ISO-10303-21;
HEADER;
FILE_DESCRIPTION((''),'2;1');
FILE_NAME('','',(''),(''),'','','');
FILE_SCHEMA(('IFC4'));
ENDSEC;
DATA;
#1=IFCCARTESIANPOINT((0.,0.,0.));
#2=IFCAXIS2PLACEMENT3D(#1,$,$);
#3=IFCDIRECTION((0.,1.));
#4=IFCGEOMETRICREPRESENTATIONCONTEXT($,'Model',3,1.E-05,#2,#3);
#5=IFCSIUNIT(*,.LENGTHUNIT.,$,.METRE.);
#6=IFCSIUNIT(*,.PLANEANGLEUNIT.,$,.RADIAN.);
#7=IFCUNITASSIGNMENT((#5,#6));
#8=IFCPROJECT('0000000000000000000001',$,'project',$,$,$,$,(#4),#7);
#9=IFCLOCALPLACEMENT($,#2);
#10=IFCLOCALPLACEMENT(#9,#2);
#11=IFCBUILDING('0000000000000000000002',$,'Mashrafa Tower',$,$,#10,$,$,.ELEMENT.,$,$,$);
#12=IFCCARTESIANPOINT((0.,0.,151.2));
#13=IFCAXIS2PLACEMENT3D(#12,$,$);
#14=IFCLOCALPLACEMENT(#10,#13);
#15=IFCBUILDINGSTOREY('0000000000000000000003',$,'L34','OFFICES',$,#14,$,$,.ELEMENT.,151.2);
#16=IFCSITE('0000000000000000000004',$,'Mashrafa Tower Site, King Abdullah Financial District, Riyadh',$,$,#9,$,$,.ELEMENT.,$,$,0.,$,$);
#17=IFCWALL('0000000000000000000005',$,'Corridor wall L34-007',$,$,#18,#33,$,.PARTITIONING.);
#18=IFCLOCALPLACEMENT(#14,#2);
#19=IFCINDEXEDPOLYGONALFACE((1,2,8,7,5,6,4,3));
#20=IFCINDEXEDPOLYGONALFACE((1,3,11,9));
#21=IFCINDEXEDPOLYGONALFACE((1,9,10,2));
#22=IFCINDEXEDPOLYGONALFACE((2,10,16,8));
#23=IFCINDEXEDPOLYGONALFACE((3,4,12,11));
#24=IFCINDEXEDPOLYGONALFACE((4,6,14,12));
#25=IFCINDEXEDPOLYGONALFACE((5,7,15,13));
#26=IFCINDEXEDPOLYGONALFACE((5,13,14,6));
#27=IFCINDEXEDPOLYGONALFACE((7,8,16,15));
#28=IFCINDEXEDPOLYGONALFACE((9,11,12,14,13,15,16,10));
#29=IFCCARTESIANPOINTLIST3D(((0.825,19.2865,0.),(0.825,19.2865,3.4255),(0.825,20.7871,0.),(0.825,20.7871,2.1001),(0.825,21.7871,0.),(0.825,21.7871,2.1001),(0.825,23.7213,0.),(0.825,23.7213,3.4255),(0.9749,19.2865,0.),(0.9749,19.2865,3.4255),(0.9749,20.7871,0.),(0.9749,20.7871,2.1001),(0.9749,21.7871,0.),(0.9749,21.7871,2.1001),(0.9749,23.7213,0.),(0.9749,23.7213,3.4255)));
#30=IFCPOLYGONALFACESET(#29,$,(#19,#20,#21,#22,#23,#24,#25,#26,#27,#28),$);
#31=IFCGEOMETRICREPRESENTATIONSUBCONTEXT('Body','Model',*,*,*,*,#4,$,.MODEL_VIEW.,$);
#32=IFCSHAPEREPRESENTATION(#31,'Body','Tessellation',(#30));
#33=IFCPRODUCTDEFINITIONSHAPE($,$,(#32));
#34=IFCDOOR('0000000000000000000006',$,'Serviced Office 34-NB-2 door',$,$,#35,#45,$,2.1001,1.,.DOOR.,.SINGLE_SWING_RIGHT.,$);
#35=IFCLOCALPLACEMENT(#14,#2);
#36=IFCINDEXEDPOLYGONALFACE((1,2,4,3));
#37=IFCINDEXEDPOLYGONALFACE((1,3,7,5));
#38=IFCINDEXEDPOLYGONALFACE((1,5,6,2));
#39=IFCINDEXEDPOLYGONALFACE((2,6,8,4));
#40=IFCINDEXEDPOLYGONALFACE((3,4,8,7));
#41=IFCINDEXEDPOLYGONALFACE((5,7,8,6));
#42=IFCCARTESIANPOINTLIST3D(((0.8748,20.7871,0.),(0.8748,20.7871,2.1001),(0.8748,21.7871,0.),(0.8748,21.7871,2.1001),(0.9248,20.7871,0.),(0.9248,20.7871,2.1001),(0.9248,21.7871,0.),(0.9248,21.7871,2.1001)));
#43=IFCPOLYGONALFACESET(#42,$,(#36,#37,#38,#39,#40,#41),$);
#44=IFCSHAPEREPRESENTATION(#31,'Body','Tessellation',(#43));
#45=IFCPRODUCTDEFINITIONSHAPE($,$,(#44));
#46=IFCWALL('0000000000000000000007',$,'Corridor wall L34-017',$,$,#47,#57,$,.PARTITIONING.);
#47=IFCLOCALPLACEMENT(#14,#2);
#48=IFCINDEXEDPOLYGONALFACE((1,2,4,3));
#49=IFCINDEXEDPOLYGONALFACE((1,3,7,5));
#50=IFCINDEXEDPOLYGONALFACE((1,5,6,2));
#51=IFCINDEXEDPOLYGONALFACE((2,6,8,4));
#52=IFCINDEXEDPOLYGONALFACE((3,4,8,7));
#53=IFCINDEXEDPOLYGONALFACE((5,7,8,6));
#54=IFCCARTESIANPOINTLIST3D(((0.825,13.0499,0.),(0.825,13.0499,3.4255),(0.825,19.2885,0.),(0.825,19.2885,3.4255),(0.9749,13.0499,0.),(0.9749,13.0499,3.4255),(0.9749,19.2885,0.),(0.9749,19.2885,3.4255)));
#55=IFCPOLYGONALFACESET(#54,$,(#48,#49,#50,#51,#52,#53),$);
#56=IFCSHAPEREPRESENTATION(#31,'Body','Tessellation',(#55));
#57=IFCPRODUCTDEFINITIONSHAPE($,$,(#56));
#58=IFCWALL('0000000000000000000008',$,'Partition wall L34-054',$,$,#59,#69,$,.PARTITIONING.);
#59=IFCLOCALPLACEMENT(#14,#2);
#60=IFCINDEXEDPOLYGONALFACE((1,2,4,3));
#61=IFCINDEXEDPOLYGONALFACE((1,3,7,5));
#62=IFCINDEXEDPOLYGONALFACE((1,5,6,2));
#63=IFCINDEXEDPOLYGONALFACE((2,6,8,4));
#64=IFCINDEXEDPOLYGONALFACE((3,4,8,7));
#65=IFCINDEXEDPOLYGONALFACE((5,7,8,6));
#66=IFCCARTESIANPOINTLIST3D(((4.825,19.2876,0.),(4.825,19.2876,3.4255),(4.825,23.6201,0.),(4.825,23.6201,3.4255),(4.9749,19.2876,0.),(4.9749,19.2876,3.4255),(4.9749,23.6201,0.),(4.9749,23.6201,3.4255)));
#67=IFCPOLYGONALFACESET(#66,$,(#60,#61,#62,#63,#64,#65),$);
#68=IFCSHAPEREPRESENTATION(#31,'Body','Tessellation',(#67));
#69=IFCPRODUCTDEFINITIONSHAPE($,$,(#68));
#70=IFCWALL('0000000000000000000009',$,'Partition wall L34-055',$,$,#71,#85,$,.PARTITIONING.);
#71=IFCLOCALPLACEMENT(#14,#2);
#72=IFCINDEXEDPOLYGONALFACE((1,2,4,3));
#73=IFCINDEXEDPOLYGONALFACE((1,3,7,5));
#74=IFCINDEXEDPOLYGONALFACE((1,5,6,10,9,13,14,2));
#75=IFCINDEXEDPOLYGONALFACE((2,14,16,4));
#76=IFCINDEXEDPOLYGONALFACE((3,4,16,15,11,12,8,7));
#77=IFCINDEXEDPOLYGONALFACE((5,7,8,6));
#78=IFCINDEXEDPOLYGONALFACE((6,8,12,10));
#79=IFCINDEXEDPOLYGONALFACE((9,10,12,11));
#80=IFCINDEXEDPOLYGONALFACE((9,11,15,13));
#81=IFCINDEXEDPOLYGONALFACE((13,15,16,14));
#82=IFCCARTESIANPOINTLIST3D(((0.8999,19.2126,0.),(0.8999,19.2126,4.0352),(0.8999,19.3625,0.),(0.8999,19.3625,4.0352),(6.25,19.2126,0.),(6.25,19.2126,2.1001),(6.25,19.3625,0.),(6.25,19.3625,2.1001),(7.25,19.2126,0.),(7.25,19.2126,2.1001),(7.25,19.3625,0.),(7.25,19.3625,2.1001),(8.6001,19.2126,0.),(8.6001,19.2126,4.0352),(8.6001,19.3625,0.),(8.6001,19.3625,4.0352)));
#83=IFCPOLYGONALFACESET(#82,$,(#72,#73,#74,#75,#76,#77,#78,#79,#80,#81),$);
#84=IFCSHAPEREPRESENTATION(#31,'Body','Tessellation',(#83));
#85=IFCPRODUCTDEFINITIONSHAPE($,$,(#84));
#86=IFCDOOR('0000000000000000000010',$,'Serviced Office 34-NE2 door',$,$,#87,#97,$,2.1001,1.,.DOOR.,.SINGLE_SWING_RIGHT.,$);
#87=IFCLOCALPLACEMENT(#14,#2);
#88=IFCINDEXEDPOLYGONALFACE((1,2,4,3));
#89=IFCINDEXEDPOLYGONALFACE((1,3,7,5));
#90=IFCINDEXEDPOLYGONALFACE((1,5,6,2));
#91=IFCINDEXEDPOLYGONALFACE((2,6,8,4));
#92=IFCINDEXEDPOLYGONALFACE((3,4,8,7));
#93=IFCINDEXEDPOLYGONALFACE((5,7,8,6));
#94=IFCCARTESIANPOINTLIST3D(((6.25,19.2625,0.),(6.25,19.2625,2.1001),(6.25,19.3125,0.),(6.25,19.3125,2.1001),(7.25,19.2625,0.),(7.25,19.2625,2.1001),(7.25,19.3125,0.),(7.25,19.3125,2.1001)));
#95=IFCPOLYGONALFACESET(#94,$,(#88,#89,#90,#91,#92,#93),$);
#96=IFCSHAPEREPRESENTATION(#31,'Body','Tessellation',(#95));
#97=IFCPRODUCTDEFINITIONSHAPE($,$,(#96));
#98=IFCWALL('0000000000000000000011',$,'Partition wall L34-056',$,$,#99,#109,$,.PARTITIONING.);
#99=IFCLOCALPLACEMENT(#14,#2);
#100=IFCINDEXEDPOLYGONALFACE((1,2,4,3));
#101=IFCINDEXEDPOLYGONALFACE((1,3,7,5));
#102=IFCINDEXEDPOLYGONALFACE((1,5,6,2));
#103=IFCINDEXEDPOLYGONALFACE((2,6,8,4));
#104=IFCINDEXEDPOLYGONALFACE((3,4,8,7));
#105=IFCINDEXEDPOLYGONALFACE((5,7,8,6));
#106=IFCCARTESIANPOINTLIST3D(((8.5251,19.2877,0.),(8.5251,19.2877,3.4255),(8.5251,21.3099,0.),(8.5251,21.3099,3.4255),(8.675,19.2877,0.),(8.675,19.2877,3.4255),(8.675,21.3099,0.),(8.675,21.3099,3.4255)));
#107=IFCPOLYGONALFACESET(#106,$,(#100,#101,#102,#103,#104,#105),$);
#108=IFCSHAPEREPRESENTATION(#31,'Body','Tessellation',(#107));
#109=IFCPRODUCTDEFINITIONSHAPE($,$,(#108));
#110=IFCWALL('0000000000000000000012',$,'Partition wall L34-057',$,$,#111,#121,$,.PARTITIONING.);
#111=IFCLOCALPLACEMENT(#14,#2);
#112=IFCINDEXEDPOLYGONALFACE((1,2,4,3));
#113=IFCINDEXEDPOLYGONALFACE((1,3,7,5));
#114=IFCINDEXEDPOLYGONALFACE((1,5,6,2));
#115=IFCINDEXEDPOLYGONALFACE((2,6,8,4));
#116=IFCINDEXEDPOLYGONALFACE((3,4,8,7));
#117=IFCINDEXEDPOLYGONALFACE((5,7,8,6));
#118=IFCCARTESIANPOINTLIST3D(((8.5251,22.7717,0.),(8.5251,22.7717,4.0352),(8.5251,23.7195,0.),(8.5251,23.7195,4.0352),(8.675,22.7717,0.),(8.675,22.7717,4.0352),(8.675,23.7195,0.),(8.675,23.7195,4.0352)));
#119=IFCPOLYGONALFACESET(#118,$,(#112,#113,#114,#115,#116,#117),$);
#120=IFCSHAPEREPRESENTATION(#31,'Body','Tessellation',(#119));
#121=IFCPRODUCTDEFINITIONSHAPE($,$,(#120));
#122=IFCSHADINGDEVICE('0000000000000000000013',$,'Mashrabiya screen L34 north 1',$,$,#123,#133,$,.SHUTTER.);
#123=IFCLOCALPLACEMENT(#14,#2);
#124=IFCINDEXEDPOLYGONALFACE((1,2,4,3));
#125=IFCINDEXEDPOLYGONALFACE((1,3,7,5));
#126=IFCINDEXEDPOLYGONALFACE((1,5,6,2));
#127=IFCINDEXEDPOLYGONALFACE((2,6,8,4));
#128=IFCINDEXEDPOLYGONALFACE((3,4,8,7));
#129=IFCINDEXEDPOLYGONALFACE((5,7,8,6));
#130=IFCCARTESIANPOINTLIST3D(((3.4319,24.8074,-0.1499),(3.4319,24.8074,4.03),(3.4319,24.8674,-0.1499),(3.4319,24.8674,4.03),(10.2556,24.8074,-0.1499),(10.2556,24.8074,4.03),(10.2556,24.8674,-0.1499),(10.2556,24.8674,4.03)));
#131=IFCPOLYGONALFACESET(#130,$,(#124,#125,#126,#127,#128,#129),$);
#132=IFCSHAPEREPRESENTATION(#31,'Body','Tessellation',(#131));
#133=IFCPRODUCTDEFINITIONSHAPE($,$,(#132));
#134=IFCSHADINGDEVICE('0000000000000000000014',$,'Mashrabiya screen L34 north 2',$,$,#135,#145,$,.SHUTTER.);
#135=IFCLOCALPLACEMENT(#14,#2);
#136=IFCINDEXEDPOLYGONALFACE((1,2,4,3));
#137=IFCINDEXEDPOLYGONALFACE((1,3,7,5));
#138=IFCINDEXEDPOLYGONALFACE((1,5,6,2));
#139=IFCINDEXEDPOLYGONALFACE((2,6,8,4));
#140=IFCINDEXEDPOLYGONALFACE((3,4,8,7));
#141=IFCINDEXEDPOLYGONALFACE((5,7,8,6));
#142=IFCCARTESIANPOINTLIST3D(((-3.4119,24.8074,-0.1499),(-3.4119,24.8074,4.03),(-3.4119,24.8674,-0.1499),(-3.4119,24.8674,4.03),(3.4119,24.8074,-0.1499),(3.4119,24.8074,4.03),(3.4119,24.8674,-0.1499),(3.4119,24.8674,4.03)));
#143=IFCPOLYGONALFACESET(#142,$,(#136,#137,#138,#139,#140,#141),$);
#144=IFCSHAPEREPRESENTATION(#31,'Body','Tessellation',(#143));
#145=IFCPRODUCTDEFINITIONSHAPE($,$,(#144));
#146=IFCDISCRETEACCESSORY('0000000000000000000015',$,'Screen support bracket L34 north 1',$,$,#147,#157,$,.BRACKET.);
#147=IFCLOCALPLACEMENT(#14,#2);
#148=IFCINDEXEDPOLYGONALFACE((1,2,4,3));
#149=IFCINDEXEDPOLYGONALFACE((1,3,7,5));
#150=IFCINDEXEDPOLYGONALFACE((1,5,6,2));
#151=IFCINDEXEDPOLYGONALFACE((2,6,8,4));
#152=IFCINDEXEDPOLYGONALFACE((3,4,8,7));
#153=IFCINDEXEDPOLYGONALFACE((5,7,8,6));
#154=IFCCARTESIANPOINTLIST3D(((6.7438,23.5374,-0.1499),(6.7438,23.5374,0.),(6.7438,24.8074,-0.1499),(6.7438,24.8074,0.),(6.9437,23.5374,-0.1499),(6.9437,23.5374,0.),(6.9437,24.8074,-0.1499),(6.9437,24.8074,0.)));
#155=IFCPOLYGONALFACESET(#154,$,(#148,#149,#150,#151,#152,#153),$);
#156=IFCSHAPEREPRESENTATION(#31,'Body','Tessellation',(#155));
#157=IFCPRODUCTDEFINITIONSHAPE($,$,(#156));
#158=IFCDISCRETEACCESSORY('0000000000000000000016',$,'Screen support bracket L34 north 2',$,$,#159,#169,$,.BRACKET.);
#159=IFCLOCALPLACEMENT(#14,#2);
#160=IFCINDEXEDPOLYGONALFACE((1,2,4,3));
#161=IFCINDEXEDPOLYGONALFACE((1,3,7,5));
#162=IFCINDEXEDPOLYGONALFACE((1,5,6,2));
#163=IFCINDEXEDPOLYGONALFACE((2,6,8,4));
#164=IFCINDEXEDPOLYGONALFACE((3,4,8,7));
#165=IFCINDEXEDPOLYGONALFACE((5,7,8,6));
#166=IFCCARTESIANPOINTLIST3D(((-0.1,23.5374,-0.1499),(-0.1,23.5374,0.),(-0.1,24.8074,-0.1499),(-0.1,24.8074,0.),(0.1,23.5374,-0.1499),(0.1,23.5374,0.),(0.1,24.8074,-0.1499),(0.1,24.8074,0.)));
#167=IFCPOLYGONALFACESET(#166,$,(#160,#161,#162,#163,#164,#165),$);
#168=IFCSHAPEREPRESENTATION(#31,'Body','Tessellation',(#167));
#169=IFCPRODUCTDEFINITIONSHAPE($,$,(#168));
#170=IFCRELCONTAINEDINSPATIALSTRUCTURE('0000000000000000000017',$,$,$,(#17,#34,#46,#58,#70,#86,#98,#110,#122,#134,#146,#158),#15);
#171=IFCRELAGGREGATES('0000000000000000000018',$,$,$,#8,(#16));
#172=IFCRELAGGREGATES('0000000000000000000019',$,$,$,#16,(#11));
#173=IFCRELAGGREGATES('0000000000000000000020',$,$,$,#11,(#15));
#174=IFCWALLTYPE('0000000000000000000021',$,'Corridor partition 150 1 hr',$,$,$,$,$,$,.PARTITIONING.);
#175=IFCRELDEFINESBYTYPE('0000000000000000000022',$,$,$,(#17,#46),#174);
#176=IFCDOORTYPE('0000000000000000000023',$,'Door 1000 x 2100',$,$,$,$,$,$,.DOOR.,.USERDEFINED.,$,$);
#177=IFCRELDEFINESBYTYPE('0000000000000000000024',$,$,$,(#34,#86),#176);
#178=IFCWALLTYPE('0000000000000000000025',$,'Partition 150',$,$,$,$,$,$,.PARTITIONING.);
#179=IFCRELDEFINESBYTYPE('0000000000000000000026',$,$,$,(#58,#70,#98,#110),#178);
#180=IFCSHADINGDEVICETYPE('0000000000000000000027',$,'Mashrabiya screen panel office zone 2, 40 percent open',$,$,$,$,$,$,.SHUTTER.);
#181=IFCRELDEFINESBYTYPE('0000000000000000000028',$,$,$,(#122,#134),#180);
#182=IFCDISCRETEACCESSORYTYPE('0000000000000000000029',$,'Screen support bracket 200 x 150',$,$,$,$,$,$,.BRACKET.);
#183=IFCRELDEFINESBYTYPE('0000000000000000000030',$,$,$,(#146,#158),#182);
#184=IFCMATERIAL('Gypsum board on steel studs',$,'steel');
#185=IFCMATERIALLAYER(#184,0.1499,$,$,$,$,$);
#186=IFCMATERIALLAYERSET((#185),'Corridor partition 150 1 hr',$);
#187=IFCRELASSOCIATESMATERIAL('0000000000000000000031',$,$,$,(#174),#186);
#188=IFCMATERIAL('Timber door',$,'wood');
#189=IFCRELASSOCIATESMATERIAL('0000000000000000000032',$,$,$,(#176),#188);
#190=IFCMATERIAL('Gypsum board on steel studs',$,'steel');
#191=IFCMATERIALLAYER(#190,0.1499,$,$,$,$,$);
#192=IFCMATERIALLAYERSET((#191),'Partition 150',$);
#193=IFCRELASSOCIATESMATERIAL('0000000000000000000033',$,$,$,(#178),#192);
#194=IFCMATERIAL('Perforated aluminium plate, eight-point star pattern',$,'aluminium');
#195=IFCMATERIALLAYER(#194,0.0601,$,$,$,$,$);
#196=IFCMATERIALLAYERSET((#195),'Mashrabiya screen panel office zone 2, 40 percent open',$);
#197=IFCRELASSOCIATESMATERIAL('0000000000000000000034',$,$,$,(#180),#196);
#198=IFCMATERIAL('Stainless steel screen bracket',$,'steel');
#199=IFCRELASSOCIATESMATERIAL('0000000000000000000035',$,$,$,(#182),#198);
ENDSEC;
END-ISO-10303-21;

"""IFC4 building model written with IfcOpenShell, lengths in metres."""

from ifc_helpers import new_model, si_unit, direction, frame, frame_2d, origin, origin_2d, place, context, subcontext, project, spatial, rectangle, extrude, source, transform, mapped, material, layer, layer_set, type_object, type_shapes, element, fill, save


model = new_model("IFC4")

# Units and contexts
model_context = context("Model", 3, precision=1e-05, world=origin(), true_north=direction((0.0, 1.0)))
body_context = subcontext(model_context, "Body", "Model", "MODEL_VIEW")
ifc_project = project(units=[si_unit("LENGTHUNIT", "METRE"), si_unit("PLANEANGLEUNIT", "RADIAN")], contexts=[model_context])

# Site, building, storey
site_placement = place(None, origin())
site = spatial("IfcSite", under=ifc_project, at=site_placement, Name="Mashrafa Tower Site, King Abdullah Financial District, Riyadh", CompositionType="ELEMENT", RefElevation=0.0)
building_placement = place(site_placement, origin())
building = spatial("IfcBuilding", under=site, at=building_placement, Name="Mashrafa Tower", CompositionType="ELEMENT")
storey_placement = place(building_placement, frame((0.0, 0.0, 151.2)))
storey = spatial("IfcBuildingStorey", under=building, at=storey_placement, Name="L34", Description="OFFICES", CompositionType="ELEMENT", Elevation=151.2)

# Wall, opening, door
ifc_material_1 = material(Name="Gypsum board on steel studs", Category="steel")
ifc_layer_1 = layer(ifc_material_1, 0.1499)
ifc_layer_set_1 = layer_set([ifc_layer_1], Name="Corridor partition 150 1 hr")
wall_type_1 = type_object("IfcWallType", Name="Corridor partition 150 1 hr", PredefinedType="PARTITIONING", material=ifc_layer_set_1)
wall_1_placement = place(storey_placement, frame((0.8999, 19.2866, 0.0), z_axis=(0.0, 0.0, 1.0), x_axis=(0.0, 1.0, 0.0)))
wall_1 = element("IfcWall", 1, at=wall_1_placement, inside=storey, type_object=wall_type_1, Name="Corridor wall L34-007", PredefinedType="PARTITIONING", context=body_context, shape_type="SweptSolid", body=[
    extrude(rectangle(XDim=4.4348, YDim=0.1499, at=frame_2d((2.2173, 0.0))), origin(), (0.0, 0.0, 1.0), 3.4255),
])
opening_1_placement = place(wall_1_placement, frame((1.5005, 0.0, 0.0)))
opening_1 = element("IfcOpeningElement", 2, at=opening_1_placement, cuts=wall_1, PredefinedType="OPENING", context=body_context, shape_type="SweptSolid", body=[
    extrude(rectangle(XDim=1.0, YDim=2.1001, at=frame_2d((0.5, 1.05))), frame((0.0, 0.085, 0.0), z_axis=(0.0, -1.0, 0.0), x_axis=(1.0, 0.0, 0.0)), (0.0, 0.0, 1.0), 0.1699),
])
ifc_material_2 = material(Name="Timber door", Category="wood")
door_type = type_object("IfcDoorType", Name="Door 1000 x 2100", OperationType="USERDEFINED", PredefinedType="DOOR", material=ifc_material_2)
door_1_placement = place(opening_1_placement, frame((1.0, 0.0, 0.0), z_axis=(0.0, 0.0, 1.0), x_axis=(-1.0, 0.0, 0.0)))
door_1 = element("IfcDoor", 3, at=door_1_placement, inside=storey, type_object=door_type, Name="Serviced Office 34-NB-2 door", OperationType="SINGLE_SWING_RIGHT", OverallHeight=2.1001, OverallWidth=1.0, PredefinedType="DOOR", context=body_context, shape_type="SweptSolid", body=[
    extrude(rectangle(XDim=1.0, YDim=2.1001, at=frame_2d((0.5, 1.05))), frame((0.0, 0.0249, 0.0), z_axis=(0.0, -1.0, 0.0), x_axis=(1.0, 0.0, 0.0)), (0.0, 0.0, 1.0), 0.05),
])
fill(opening_1, door_1)

# Walls
wall_2_placement = place(storey_placement, frame((0.8999, 13.05, 0.0), z_axis=(0.0, 0.0, 1.0), x_axis=(0.0, 1.0, 0.0)))
element("IfcWall", 4, at=wall_2_placement, inside=storey, type_object=wall_type_1, Name="Corridor wall L34-017", PredefinedType="PARTITIONING", context=body_context, shape_type="SweptSolid", body=[
    extrude(rectangle(XDim=6.2385, YDim=0.1499, at=frame_2d((3.1191, 0.0))), origin(), (0.0, 0.0, 1.0), 3.4255),
])
ifc_material_3 = material(Name="Gypsum board on steel studs", Category="steel")
ifc_layer_2 = layer(ifc_material_3, 0.1499)
ifc_layer_set_2 = layer_set([ifc_layer_2], Name="Partition 150")
wall_type_2 = type_object("IfcWallType", Name="Partition 150", PredefinedType="PARTITIONING", material=ifc_layer_set_2)
wall_3_placement = place(storey_placement, frame((4.8999, 23.6201, 0.0), z_axis=(0.0, 0.0, 1.0), x_axis=(0.0, -1.0, 0.0)))
element("IfcWall", 5, at=wall_3_placement, inside=storey, type_object=wall_type_2, Name="Partition wall L34-054", PredefinedType="PARTITIONING", context=body_context, shape_type="SweptSolid", body=[
    extrude(rectangle(XDim=4.3325, YDim=0.1499, at=frame_2d((2.1663, 0.0))), origin(), (0.0, 0.0, 1.0), 3.4255),
])

# Wall, opening, door
wall_4_placement = place(storey_placement, frame((8.6001, 19.2876, 0.0), z_axis=(0.0, 0.0, 1.0), x_axis=(-1.0, 0.0, 0.0)))
wall_4 = element("IfcWall", 6, at=wall_4_placement, inside=storey, type_object=wall_type_2, Name="Partition wall L34-055", PredefinedType="PARTITIONING", context=body_context, shape_type="SweptSolid", body=[
    extrude(rectangle(XDim=7.7002, YDim=0.1499, at=frame_2d((3.8501, 0.0))), origin(), (0.0, 0.0, 1.0), 4.0352),
])
opening_2_placement = place(wall_4_placement, frame((1.3501, 0.0, 0.0)))
opening_2 = element("IfcOpeningElement", 7, at=opening_2_placement, cuts=wall_4, PredefinedType="OPENING", context=body_context, shape_type="SweptSolid", body=[
    extrude(rectangle(XDim=1.0, YDim=2.1001, at=frame_2d((0.5, 1.05))), frame((0.0, 0.085, 0.0), z_axis=(0.0, -1.0, 0.0), x_axis=(1.0, 0.0, 0.0)), (0.0, 0.0, 1.0), 0.1699),
])
door_2_placement = place(opening_2_placement, frame((1.0, 0.0, 0.0), z_axis=(0.0, 0.0, 1.0), x_axis=(-1.0, 0.0, 0.0)))
door_2 = element("IfcDoor", 8, at=door_2_placement, inside=storey, type_object=door_type, Name="Serviced Office 34-NE2 door", OperationType="SINGLE_SWING_RIGHT", OverallHeight=2.1001, OverallWidth=1.0, PredefinedType="DOOR", context=body_context, shape_type="SweptSolid", body=[
    extrude(rectangle(XDim=1.0, YDim=2.1001, at=frame_2d((0.5, 1.05))), frame((0.0, 0.0249, 0.0), z_axis=(0.0, -1.0, 0.0), x_axis=(1.0, 0.0, 0.0)), (0.0, 0.0, 1.0), 0.05),
])
fill(opening_2, door_2)

# Walls
wall_5_placement = place(storey_placement, frame((8.6001, 19.2876, 0.0), z_axis=(0.0, 0.0, 1.0), x_axis=(0.0, 1.0, 0.0)))
element("IfcWall", 9, at=wall_5_placement, inside=storey, type_object=wall_type_2, Name="Partition wall L34-056", PredefinedType="PARTITIONING", context=body_context, shape_type="SweptSolid", body=[
    extrude(rectangle(XDim=2.0222, YDim=0.1499, at=frame_2d((1.0112, 0.0))), origin(), (0.0, 0.0, 1.0), 3.4255),
])
wall_6_placement = place(storey_placement, frame((8.6001, 22.7717, 0.0), z_axis=(0.0, 0.0, 1.0), x_axis=(0.0, 1.0, 0.0)))
element("IfcWall", 10, at=wall_6_placement, inside=storey, type_object=wall_type_2, Name="Partition wall L34-057", PredefinedType="PARTITIONING", context=body_context, shape_type="SweptSolid", body=[
    extrude(rectangle(XDim=0.9478, YDim=0.1499, at=frame_2d((0.4739, 0.0))), origin(), (0.0, 0.0, 1.0), 4.0352),
])

# Shading devices
ifc_material_4 = material(Name="Perforated aluminium plate, eight-point star pattern", Category="aluminium")
ifc_layer_3 = layer(ifc_material_4, 0.0601)
ifc_layer_set_3 = layer_set([ifc_layer_3], Name="Mashrabiya screen panel office zone 2, 40 percent open")
shading_device_type = type_object("IfcShadingDeviceType", Name="Mashrabiya screen panel office zone 2, 40 percent open", PredefinedType="SHUTTER", material=ifc_layer_set_3)
shared_shape_1 = source(origin(), body_context, "Body", "SweptSolid", [
    extrude(rectangle(XDim=6.8237, YDim=0.0601, at=origin_2d()), origin(), (0.0, 0.0, 1.0), 4.1799),
])
type_shapes(shading_device_type, [shared_shape_1])
for number, where, z_axis, x_axis, name in (
    (11, (6.8438, 24.8374, -0.1499), (0.0, 0.0, 1.0), (-1.0, 0.0, 0.0), "Mashrabiya screen L34 north 1"),
    (12, (0.0, 24.8374, -0.1499), (0.0, 0.0, 1.0), (-1.0, 0.0, 0.0), "Mashrabiya screen L34 north 2"),
):
    element("IfcShadingDevice", number, at=place(storey_placement, frame(where, z_axis=z_axis, x_axis=x_axis)), inside=storey, type_object=shading_device_type, Name=name, PredefinedType="SHUTTER", context=body_context, shape_type="MappedRepresentation", body=[
        mapped(shared_shape_1, transform((0.0, 0.0, 0.0))),
    ])

# Discrete accessories
ifc_material_5 = material(Name="Stainless steel screen bracket", Category="steel")
discrete_accessory_type = type_object("IfcDiscreteAccessoryType", Name="Screen support bracket 200 x 150", PredefinedType="BRACKET", material=ifc_material_5)
shared_shape_2 = source(origin(), body_context, "Body", "SweptSolid", [
    extrude(rectangle(XDim=0.2, YDim=1.27, at=origin_2d()), origin(), (0.0, 0.0, 1.0), 0.1499),
])
type_shapes(discrete_accessory_type, [shared_shape_2])
for number, where, z_axis, x_axis, name in (
    (13, (6.8438, 24.1724, -0.1499), (0.0, 0.0, 1.0), (-1.0, 0.0, 0.0), "Screen support bracket L34 north 1"),
    (14, (0.0, 24.1724, -0.1499), (0.0, 0.0, 1.0), (-1.0, 0.0, 0.0), "Screen support bracket L34 north 2"),
):
    element("IfcDiscreteAccessory", number, at=place(storey_placement, frame(where, z_axis=z_axis, x_axis=x_axis)), inside=storey, type_object=discrete_accessory_type, Name=name, PredefinedType="BRACKET", context=body_context, shape_type="MappedRepresentation", body=[
        mapped(shared_shape_2, transform((0.0, 0.0, 0.0))),
    ])

save(model, "model.ifc")
